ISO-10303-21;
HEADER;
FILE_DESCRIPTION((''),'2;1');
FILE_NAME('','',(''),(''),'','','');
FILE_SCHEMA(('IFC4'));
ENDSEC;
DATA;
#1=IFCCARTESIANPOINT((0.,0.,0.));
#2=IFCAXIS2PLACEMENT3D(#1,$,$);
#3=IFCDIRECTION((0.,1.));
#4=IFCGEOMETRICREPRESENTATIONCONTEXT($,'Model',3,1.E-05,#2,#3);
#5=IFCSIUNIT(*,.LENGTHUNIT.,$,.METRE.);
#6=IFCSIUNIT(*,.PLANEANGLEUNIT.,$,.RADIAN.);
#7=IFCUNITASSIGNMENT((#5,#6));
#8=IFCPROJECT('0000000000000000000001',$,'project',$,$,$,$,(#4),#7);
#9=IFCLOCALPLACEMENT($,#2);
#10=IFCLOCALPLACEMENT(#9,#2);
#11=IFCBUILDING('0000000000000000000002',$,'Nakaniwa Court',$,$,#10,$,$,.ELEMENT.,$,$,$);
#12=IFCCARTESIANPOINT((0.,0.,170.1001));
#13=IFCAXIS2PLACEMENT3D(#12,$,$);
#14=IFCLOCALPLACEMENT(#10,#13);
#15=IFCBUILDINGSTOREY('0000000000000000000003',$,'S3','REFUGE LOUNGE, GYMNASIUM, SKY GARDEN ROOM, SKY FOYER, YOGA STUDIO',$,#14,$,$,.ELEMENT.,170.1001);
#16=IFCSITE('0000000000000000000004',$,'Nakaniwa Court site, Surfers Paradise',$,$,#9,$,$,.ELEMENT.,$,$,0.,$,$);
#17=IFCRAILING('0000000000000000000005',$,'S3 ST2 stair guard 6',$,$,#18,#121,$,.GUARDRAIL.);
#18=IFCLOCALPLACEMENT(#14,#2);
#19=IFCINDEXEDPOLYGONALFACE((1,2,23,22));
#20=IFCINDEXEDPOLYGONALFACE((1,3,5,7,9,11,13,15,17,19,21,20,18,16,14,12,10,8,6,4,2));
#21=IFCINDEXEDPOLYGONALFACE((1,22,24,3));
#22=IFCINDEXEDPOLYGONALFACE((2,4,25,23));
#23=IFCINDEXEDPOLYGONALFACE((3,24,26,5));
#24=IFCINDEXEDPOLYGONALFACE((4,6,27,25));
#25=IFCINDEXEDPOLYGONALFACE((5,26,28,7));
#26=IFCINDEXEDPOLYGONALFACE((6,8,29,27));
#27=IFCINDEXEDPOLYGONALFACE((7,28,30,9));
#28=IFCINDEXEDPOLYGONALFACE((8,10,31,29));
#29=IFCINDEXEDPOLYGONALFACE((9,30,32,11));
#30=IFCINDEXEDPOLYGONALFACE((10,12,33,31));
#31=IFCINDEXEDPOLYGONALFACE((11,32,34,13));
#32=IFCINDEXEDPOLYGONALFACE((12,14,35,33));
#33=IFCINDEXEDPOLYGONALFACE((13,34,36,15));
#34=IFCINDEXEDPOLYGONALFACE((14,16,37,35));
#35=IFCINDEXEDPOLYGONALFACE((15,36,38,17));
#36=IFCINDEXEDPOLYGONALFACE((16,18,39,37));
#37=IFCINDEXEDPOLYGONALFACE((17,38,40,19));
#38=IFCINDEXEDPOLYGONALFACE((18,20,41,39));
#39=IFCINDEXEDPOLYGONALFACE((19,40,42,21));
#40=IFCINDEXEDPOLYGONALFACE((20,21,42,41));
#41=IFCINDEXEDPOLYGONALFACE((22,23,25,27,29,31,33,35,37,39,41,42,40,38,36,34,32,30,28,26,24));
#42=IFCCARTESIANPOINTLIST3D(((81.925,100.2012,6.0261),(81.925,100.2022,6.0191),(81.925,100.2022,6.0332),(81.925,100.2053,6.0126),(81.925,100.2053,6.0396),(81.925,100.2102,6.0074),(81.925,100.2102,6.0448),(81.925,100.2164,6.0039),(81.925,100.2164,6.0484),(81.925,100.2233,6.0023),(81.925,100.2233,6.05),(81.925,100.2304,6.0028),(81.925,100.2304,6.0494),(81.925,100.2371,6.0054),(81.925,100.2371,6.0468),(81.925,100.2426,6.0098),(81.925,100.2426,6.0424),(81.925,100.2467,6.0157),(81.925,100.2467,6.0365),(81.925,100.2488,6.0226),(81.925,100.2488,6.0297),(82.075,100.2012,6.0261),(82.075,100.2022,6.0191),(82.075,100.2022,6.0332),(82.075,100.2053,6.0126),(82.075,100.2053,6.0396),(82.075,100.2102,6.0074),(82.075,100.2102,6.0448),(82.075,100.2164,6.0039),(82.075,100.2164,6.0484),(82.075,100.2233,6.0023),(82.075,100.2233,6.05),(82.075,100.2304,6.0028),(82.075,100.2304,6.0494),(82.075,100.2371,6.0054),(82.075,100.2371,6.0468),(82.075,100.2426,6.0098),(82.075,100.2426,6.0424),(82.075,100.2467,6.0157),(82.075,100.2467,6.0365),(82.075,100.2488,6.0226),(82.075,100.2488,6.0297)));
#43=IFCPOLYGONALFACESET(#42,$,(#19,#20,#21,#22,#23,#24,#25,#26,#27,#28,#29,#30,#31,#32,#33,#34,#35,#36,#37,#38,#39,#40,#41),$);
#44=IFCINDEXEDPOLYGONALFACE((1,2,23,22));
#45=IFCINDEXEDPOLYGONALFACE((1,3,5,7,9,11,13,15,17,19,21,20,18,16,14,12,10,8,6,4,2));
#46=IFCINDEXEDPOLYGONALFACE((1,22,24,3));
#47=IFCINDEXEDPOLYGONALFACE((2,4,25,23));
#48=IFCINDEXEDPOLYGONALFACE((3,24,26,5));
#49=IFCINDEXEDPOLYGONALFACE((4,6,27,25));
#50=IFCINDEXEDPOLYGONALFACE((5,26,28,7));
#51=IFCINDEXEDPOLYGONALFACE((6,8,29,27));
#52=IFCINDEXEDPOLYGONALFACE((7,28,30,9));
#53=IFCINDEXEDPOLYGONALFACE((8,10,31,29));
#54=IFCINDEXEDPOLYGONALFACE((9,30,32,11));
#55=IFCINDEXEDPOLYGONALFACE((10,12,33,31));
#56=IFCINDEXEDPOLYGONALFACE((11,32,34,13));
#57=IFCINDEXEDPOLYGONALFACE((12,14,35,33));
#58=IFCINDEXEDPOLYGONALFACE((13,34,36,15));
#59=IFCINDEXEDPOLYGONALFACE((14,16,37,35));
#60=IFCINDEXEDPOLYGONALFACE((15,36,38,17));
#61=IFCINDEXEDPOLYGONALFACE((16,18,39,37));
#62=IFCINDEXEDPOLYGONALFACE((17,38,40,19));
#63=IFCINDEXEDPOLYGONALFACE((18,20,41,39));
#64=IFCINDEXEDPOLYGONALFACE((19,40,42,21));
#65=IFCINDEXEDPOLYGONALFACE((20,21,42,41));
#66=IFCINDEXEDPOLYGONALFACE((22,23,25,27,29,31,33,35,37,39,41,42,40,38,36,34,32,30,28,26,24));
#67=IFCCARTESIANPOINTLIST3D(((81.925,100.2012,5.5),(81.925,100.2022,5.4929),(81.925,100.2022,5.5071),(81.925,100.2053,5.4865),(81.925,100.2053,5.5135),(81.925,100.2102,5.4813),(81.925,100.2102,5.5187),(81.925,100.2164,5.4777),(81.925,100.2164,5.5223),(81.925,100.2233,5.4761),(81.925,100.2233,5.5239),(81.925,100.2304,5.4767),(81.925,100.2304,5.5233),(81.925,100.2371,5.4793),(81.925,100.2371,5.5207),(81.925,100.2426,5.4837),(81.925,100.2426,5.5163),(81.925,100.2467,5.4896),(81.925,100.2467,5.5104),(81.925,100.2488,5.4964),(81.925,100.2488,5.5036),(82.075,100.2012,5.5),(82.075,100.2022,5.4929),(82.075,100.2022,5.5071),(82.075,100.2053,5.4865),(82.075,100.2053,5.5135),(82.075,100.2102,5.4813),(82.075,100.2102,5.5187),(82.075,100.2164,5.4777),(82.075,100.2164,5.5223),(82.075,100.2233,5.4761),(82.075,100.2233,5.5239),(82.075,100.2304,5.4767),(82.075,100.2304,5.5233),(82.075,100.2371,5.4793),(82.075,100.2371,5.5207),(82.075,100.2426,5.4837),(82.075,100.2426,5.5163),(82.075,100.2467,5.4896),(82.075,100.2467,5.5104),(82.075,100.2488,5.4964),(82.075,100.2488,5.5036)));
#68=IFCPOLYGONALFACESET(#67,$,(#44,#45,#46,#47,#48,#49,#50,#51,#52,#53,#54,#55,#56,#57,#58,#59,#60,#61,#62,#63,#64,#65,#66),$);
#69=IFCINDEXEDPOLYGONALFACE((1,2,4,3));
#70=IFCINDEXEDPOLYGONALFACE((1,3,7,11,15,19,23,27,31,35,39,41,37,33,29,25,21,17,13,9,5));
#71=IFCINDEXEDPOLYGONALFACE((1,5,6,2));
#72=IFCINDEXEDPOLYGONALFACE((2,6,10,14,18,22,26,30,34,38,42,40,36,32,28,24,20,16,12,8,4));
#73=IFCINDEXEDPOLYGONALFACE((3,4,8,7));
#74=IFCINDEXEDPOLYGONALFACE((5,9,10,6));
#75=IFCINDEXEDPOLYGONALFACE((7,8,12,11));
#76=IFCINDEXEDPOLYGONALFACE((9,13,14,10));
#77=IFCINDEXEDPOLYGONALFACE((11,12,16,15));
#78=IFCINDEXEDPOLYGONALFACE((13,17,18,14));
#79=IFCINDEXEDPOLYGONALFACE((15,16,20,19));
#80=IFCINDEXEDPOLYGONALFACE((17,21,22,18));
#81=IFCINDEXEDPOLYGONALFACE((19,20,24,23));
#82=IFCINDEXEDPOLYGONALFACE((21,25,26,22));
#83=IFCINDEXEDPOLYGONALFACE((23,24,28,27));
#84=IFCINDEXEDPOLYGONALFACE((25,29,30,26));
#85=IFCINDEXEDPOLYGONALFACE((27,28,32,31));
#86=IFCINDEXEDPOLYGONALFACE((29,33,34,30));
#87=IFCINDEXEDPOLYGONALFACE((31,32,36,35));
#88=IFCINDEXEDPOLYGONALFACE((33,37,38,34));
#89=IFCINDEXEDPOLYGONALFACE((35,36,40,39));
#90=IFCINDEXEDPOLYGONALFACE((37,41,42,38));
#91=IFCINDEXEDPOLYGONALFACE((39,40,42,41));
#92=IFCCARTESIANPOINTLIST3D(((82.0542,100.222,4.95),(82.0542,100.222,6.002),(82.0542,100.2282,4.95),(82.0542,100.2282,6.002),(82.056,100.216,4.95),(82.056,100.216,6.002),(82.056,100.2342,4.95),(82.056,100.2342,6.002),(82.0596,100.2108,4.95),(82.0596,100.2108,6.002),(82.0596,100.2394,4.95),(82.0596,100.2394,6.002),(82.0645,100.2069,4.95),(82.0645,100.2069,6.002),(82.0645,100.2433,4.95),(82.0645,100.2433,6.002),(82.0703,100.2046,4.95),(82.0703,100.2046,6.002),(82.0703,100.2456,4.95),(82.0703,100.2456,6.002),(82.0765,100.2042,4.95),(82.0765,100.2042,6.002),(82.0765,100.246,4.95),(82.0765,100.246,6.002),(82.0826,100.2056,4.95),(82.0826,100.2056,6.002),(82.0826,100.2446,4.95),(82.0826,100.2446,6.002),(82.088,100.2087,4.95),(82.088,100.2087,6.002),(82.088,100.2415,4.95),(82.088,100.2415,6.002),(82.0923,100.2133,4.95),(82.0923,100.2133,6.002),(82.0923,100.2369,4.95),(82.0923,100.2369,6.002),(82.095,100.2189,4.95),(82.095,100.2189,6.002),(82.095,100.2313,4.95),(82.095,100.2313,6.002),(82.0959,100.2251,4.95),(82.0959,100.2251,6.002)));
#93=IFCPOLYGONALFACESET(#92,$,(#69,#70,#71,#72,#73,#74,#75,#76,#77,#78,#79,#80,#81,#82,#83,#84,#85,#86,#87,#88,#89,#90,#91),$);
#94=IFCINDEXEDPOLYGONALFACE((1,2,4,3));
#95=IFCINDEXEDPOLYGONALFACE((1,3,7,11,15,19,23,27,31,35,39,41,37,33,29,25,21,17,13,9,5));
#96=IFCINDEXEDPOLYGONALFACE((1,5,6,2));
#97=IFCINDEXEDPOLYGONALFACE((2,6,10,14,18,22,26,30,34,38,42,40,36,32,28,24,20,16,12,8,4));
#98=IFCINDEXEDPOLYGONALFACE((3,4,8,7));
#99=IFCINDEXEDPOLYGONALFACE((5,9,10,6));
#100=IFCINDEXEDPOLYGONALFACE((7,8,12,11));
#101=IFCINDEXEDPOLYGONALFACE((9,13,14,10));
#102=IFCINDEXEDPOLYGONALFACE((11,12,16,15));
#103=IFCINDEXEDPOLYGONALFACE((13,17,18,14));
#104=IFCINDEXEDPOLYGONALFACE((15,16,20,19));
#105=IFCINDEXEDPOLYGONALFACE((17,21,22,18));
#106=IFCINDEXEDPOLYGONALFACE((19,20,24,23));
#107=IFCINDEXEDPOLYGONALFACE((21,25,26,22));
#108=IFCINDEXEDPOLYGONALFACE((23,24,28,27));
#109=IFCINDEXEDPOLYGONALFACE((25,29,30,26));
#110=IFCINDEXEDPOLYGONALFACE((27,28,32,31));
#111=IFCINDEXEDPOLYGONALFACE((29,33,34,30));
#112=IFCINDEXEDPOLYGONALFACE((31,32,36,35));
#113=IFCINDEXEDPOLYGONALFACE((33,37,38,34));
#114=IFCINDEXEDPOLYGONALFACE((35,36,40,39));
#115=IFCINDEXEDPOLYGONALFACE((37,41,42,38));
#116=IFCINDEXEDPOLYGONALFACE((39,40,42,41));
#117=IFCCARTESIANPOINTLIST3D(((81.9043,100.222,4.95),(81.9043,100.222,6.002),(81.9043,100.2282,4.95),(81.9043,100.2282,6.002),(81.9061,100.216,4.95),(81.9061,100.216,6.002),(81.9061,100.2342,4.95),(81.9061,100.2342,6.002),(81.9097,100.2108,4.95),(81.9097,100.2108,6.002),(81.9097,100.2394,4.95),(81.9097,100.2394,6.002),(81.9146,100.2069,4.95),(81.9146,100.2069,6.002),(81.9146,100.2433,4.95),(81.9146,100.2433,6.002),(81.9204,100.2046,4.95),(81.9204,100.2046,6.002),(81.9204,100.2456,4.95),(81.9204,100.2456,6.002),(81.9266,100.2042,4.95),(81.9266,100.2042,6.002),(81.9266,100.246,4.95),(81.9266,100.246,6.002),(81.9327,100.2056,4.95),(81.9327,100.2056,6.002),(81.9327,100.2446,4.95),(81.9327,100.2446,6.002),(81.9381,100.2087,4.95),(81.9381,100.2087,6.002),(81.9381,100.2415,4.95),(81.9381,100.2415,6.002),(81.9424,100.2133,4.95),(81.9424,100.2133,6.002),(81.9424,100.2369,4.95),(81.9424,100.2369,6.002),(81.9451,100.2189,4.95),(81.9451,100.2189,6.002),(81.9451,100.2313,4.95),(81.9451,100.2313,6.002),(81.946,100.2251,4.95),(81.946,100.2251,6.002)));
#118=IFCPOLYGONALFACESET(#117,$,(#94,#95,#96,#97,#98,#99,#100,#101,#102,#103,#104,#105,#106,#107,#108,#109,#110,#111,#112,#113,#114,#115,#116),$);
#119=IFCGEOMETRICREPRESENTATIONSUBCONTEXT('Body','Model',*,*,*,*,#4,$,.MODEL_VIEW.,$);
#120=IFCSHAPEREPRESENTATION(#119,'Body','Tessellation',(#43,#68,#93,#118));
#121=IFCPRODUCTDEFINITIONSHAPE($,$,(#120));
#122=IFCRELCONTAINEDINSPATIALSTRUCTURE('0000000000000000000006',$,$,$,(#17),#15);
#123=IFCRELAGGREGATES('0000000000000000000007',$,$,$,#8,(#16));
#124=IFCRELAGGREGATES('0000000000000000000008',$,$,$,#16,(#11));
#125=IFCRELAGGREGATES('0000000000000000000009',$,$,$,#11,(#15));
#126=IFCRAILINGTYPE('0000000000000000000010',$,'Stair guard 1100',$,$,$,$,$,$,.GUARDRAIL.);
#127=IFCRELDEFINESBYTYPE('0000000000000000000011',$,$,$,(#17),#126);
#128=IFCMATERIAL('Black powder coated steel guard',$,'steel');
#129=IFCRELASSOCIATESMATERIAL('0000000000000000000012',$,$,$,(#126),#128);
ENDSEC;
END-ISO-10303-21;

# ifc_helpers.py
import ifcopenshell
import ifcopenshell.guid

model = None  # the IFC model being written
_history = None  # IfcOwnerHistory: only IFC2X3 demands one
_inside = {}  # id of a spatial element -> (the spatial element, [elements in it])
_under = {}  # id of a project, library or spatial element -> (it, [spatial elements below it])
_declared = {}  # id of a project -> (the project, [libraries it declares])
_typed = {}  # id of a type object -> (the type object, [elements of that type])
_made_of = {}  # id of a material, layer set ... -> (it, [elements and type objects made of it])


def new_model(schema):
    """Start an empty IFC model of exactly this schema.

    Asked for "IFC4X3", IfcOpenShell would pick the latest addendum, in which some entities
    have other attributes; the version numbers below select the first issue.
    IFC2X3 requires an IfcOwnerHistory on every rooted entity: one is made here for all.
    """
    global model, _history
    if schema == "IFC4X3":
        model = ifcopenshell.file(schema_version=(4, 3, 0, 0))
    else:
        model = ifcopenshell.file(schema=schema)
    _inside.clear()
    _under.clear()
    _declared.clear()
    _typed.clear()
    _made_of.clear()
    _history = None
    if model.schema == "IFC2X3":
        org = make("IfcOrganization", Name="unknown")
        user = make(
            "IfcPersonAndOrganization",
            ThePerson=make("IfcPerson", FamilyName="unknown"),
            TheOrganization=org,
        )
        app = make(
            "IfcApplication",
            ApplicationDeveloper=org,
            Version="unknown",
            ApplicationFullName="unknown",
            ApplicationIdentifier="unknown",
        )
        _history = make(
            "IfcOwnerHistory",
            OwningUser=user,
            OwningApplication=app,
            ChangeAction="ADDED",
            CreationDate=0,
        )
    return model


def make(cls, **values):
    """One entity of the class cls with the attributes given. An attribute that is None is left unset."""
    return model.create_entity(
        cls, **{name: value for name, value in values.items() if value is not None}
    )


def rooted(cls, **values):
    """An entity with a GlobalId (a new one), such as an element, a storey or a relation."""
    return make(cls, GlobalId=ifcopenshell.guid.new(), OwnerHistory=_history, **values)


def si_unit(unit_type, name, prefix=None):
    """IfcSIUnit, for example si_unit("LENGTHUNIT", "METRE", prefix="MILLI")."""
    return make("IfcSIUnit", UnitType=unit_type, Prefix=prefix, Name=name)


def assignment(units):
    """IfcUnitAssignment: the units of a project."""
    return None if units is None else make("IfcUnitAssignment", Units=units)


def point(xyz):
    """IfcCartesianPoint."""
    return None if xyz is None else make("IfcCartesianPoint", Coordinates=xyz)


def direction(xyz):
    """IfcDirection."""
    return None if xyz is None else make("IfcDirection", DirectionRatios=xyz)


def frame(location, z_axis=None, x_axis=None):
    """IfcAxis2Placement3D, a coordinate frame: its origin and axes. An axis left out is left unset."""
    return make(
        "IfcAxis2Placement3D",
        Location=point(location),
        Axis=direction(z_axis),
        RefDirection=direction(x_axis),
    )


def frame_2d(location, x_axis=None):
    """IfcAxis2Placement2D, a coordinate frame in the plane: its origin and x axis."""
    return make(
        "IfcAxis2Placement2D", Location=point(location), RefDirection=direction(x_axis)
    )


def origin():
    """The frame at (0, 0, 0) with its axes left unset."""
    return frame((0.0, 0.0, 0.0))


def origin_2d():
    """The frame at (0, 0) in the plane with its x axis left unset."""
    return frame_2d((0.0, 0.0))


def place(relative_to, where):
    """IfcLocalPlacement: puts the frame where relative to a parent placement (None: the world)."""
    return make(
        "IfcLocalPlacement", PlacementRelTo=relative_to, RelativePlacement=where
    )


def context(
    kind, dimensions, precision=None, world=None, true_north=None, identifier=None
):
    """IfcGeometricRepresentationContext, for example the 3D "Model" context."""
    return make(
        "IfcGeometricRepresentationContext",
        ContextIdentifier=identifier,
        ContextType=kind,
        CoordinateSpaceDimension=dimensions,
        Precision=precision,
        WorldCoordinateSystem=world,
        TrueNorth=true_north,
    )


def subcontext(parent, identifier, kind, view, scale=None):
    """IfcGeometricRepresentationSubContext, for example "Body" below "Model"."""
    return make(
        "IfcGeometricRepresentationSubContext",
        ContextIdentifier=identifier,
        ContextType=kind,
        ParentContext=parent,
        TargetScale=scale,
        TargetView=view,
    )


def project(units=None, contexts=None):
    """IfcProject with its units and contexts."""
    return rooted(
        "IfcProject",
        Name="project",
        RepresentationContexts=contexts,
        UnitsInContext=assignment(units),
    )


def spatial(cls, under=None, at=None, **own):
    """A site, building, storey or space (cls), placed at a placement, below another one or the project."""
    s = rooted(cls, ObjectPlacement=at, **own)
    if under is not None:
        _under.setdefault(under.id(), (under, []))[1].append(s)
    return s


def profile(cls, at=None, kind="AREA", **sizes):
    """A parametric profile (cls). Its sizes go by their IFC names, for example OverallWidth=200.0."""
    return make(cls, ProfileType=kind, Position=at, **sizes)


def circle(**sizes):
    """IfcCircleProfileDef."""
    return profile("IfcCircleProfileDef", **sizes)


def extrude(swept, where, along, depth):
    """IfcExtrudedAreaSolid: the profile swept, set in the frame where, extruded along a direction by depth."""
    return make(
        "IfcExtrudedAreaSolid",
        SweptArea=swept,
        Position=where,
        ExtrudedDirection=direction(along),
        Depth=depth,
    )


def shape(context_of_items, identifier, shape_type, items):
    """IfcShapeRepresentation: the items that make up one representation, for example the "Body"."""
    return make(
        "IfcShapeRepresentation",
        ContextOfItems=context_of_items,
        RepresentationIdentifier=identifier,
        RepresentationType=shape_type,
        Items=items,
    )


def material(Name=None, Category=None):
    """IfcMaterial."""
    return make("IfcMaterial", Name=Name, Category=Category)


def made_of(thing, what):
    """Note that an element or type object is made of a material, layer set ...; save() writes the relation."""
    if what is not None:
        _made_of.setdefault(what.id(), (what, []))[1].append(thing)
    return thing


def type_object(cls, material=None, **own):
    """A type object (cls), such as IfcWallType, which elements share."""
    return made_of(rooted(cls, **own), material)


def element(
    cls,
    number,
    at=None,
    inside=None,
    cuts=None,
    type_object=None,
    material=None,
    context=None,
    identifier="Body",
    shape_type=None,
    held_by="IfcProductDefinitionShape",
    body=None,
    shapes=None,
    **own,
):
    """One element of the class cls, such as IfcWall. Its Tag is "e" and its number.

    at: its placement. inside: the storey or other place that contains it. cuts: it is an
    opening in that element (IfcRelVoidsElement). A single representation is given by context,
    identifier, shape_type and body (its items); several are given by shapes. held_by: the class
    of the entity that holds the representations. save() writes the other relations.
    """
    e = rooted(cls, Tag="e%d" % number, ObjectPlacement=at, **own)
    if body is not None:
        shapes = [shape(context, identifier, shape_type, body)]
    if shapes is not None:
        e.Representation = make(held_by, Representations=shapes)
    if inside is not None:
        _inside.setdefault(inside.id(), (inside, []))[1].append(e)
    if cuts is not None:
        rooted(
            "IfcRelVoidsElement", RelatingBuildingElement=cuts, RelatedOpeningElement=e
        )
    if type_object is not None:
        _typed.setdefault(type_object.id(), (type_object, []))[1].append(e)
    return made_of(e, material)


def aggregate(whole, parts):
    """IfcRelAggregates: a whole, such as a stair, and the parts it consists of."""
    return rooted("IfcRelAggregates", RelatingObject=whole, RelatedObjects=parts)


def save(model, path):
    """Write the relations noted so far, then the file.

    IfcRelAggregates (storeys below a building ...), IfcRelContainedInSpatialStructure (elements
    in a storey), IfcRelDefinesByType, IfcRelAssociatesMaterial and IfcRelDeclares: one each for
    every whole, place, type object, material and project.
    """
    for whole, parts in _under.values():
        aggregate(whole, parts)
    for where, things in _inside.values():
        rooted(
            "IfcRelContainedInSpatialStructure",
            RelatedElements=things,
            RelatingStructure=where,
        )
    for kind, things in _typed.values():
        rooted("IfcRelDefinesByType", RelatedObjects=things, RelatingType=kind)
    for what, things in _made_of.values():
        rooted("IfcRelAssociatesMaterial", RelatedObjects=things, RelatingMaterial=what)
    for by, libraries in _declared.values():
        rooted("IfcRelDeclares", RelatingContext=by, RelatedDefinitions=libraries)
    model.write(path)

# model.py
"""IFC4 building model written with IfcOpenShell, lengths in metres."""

from ifc_helpers import new_model, si_unit, direction, frame, origin, origin_2d, place, context, subcontext, project, spatial, circle, extrude, material, type_object, element, save


model = new_model("IFC4")

# Units and contexts
model_context = context("Model", 3, precision=1e-05, world=origin(), true_north=direction((0.0, 1.0)))
body_context = subcontext(model_context, "Body", "Model", "MODEL_VIEW")
ifc_project = project(units=[si_unit("LENGTHUNIT", "METRE"), si_unit("PLANEANGLEUNIT", "RADIAN")], contexts=[model_context])

# Site, building, storey
site_placement = place(None, origin())
site = spatial("IfcSite", under=ifc_project, at=site_placement, Name="Nakaniwa Court site, Surfers Paradise", CompositionType="ELEMENT", RefElevation=0.0)
building_placement = place(site_placement, origin())
building = spatial("IfcBuilding", under=site, at=building_placement, Name="Nakaniwa Court", CompositionType="ELEMENT")
storey_placement = place(building_placement, frame((0.0, 0.0, 170.1001)))
storey = spatial("IfcBuildingStorey", under=building, at=storey_placement, Name="S3", Description="REFUGE LOUNGE, GYMNASIUM, SKY GARDEN ROOM, SKY FOYER, YOGA STUDIO", CompositionType="ELEMENT", Elevation=170.1001)

# Railing
ifc_material_1 = material(Name="Black powder coated steel guard", Category="steel")
railing_type_1 = type_object("IfcRailingType", Name="Stair guard 1100", PredefinedType="GUARDRAIL", material=ifc_material_1)
railing_1_placement = place(storey_placement, frame((82.075, 100.2251, 4.95)))
element("IfcRailing", 1, at=railing_1_placement, inside=storey, type_object=railing_type_1, Name="S3 ST2 stair guard 6", PredefinedType="GUARDRAIL", context=body_context, shape_type="SweptSolid", body=[
    extrude(circle(Radius=0.0239, at=origin_2d()), frame((0.0, 0.0, 1.0762), z_axis=(-1.0, 0.0, 0.0), x_axis=(0.0, -1.0, 0.0)), (0.0, 0.0, 1.0), 0.1499),
    extrude(circle(Radius=0.0239, at=origin_2d()), frame((0.0, 0.0, 0.55), z_axis=(-1.0, 0.0, 0.0), x_axis=(0.0, -1.0, 0.0)), (0.0, 0.0, 1.0), 0.1499),
    extrude(circle(Radius=0.021, at=origin_2d()), origin(), (0.0, 0.0, 1.0), 1.052),
    extrude(circle(Radius=0.021, at=origin_2d()), frame((-0.1499, 0.0, 0.0)), (0.0, 0.0, 1.0), 1.052),
])

save(model, "model.ifc")
